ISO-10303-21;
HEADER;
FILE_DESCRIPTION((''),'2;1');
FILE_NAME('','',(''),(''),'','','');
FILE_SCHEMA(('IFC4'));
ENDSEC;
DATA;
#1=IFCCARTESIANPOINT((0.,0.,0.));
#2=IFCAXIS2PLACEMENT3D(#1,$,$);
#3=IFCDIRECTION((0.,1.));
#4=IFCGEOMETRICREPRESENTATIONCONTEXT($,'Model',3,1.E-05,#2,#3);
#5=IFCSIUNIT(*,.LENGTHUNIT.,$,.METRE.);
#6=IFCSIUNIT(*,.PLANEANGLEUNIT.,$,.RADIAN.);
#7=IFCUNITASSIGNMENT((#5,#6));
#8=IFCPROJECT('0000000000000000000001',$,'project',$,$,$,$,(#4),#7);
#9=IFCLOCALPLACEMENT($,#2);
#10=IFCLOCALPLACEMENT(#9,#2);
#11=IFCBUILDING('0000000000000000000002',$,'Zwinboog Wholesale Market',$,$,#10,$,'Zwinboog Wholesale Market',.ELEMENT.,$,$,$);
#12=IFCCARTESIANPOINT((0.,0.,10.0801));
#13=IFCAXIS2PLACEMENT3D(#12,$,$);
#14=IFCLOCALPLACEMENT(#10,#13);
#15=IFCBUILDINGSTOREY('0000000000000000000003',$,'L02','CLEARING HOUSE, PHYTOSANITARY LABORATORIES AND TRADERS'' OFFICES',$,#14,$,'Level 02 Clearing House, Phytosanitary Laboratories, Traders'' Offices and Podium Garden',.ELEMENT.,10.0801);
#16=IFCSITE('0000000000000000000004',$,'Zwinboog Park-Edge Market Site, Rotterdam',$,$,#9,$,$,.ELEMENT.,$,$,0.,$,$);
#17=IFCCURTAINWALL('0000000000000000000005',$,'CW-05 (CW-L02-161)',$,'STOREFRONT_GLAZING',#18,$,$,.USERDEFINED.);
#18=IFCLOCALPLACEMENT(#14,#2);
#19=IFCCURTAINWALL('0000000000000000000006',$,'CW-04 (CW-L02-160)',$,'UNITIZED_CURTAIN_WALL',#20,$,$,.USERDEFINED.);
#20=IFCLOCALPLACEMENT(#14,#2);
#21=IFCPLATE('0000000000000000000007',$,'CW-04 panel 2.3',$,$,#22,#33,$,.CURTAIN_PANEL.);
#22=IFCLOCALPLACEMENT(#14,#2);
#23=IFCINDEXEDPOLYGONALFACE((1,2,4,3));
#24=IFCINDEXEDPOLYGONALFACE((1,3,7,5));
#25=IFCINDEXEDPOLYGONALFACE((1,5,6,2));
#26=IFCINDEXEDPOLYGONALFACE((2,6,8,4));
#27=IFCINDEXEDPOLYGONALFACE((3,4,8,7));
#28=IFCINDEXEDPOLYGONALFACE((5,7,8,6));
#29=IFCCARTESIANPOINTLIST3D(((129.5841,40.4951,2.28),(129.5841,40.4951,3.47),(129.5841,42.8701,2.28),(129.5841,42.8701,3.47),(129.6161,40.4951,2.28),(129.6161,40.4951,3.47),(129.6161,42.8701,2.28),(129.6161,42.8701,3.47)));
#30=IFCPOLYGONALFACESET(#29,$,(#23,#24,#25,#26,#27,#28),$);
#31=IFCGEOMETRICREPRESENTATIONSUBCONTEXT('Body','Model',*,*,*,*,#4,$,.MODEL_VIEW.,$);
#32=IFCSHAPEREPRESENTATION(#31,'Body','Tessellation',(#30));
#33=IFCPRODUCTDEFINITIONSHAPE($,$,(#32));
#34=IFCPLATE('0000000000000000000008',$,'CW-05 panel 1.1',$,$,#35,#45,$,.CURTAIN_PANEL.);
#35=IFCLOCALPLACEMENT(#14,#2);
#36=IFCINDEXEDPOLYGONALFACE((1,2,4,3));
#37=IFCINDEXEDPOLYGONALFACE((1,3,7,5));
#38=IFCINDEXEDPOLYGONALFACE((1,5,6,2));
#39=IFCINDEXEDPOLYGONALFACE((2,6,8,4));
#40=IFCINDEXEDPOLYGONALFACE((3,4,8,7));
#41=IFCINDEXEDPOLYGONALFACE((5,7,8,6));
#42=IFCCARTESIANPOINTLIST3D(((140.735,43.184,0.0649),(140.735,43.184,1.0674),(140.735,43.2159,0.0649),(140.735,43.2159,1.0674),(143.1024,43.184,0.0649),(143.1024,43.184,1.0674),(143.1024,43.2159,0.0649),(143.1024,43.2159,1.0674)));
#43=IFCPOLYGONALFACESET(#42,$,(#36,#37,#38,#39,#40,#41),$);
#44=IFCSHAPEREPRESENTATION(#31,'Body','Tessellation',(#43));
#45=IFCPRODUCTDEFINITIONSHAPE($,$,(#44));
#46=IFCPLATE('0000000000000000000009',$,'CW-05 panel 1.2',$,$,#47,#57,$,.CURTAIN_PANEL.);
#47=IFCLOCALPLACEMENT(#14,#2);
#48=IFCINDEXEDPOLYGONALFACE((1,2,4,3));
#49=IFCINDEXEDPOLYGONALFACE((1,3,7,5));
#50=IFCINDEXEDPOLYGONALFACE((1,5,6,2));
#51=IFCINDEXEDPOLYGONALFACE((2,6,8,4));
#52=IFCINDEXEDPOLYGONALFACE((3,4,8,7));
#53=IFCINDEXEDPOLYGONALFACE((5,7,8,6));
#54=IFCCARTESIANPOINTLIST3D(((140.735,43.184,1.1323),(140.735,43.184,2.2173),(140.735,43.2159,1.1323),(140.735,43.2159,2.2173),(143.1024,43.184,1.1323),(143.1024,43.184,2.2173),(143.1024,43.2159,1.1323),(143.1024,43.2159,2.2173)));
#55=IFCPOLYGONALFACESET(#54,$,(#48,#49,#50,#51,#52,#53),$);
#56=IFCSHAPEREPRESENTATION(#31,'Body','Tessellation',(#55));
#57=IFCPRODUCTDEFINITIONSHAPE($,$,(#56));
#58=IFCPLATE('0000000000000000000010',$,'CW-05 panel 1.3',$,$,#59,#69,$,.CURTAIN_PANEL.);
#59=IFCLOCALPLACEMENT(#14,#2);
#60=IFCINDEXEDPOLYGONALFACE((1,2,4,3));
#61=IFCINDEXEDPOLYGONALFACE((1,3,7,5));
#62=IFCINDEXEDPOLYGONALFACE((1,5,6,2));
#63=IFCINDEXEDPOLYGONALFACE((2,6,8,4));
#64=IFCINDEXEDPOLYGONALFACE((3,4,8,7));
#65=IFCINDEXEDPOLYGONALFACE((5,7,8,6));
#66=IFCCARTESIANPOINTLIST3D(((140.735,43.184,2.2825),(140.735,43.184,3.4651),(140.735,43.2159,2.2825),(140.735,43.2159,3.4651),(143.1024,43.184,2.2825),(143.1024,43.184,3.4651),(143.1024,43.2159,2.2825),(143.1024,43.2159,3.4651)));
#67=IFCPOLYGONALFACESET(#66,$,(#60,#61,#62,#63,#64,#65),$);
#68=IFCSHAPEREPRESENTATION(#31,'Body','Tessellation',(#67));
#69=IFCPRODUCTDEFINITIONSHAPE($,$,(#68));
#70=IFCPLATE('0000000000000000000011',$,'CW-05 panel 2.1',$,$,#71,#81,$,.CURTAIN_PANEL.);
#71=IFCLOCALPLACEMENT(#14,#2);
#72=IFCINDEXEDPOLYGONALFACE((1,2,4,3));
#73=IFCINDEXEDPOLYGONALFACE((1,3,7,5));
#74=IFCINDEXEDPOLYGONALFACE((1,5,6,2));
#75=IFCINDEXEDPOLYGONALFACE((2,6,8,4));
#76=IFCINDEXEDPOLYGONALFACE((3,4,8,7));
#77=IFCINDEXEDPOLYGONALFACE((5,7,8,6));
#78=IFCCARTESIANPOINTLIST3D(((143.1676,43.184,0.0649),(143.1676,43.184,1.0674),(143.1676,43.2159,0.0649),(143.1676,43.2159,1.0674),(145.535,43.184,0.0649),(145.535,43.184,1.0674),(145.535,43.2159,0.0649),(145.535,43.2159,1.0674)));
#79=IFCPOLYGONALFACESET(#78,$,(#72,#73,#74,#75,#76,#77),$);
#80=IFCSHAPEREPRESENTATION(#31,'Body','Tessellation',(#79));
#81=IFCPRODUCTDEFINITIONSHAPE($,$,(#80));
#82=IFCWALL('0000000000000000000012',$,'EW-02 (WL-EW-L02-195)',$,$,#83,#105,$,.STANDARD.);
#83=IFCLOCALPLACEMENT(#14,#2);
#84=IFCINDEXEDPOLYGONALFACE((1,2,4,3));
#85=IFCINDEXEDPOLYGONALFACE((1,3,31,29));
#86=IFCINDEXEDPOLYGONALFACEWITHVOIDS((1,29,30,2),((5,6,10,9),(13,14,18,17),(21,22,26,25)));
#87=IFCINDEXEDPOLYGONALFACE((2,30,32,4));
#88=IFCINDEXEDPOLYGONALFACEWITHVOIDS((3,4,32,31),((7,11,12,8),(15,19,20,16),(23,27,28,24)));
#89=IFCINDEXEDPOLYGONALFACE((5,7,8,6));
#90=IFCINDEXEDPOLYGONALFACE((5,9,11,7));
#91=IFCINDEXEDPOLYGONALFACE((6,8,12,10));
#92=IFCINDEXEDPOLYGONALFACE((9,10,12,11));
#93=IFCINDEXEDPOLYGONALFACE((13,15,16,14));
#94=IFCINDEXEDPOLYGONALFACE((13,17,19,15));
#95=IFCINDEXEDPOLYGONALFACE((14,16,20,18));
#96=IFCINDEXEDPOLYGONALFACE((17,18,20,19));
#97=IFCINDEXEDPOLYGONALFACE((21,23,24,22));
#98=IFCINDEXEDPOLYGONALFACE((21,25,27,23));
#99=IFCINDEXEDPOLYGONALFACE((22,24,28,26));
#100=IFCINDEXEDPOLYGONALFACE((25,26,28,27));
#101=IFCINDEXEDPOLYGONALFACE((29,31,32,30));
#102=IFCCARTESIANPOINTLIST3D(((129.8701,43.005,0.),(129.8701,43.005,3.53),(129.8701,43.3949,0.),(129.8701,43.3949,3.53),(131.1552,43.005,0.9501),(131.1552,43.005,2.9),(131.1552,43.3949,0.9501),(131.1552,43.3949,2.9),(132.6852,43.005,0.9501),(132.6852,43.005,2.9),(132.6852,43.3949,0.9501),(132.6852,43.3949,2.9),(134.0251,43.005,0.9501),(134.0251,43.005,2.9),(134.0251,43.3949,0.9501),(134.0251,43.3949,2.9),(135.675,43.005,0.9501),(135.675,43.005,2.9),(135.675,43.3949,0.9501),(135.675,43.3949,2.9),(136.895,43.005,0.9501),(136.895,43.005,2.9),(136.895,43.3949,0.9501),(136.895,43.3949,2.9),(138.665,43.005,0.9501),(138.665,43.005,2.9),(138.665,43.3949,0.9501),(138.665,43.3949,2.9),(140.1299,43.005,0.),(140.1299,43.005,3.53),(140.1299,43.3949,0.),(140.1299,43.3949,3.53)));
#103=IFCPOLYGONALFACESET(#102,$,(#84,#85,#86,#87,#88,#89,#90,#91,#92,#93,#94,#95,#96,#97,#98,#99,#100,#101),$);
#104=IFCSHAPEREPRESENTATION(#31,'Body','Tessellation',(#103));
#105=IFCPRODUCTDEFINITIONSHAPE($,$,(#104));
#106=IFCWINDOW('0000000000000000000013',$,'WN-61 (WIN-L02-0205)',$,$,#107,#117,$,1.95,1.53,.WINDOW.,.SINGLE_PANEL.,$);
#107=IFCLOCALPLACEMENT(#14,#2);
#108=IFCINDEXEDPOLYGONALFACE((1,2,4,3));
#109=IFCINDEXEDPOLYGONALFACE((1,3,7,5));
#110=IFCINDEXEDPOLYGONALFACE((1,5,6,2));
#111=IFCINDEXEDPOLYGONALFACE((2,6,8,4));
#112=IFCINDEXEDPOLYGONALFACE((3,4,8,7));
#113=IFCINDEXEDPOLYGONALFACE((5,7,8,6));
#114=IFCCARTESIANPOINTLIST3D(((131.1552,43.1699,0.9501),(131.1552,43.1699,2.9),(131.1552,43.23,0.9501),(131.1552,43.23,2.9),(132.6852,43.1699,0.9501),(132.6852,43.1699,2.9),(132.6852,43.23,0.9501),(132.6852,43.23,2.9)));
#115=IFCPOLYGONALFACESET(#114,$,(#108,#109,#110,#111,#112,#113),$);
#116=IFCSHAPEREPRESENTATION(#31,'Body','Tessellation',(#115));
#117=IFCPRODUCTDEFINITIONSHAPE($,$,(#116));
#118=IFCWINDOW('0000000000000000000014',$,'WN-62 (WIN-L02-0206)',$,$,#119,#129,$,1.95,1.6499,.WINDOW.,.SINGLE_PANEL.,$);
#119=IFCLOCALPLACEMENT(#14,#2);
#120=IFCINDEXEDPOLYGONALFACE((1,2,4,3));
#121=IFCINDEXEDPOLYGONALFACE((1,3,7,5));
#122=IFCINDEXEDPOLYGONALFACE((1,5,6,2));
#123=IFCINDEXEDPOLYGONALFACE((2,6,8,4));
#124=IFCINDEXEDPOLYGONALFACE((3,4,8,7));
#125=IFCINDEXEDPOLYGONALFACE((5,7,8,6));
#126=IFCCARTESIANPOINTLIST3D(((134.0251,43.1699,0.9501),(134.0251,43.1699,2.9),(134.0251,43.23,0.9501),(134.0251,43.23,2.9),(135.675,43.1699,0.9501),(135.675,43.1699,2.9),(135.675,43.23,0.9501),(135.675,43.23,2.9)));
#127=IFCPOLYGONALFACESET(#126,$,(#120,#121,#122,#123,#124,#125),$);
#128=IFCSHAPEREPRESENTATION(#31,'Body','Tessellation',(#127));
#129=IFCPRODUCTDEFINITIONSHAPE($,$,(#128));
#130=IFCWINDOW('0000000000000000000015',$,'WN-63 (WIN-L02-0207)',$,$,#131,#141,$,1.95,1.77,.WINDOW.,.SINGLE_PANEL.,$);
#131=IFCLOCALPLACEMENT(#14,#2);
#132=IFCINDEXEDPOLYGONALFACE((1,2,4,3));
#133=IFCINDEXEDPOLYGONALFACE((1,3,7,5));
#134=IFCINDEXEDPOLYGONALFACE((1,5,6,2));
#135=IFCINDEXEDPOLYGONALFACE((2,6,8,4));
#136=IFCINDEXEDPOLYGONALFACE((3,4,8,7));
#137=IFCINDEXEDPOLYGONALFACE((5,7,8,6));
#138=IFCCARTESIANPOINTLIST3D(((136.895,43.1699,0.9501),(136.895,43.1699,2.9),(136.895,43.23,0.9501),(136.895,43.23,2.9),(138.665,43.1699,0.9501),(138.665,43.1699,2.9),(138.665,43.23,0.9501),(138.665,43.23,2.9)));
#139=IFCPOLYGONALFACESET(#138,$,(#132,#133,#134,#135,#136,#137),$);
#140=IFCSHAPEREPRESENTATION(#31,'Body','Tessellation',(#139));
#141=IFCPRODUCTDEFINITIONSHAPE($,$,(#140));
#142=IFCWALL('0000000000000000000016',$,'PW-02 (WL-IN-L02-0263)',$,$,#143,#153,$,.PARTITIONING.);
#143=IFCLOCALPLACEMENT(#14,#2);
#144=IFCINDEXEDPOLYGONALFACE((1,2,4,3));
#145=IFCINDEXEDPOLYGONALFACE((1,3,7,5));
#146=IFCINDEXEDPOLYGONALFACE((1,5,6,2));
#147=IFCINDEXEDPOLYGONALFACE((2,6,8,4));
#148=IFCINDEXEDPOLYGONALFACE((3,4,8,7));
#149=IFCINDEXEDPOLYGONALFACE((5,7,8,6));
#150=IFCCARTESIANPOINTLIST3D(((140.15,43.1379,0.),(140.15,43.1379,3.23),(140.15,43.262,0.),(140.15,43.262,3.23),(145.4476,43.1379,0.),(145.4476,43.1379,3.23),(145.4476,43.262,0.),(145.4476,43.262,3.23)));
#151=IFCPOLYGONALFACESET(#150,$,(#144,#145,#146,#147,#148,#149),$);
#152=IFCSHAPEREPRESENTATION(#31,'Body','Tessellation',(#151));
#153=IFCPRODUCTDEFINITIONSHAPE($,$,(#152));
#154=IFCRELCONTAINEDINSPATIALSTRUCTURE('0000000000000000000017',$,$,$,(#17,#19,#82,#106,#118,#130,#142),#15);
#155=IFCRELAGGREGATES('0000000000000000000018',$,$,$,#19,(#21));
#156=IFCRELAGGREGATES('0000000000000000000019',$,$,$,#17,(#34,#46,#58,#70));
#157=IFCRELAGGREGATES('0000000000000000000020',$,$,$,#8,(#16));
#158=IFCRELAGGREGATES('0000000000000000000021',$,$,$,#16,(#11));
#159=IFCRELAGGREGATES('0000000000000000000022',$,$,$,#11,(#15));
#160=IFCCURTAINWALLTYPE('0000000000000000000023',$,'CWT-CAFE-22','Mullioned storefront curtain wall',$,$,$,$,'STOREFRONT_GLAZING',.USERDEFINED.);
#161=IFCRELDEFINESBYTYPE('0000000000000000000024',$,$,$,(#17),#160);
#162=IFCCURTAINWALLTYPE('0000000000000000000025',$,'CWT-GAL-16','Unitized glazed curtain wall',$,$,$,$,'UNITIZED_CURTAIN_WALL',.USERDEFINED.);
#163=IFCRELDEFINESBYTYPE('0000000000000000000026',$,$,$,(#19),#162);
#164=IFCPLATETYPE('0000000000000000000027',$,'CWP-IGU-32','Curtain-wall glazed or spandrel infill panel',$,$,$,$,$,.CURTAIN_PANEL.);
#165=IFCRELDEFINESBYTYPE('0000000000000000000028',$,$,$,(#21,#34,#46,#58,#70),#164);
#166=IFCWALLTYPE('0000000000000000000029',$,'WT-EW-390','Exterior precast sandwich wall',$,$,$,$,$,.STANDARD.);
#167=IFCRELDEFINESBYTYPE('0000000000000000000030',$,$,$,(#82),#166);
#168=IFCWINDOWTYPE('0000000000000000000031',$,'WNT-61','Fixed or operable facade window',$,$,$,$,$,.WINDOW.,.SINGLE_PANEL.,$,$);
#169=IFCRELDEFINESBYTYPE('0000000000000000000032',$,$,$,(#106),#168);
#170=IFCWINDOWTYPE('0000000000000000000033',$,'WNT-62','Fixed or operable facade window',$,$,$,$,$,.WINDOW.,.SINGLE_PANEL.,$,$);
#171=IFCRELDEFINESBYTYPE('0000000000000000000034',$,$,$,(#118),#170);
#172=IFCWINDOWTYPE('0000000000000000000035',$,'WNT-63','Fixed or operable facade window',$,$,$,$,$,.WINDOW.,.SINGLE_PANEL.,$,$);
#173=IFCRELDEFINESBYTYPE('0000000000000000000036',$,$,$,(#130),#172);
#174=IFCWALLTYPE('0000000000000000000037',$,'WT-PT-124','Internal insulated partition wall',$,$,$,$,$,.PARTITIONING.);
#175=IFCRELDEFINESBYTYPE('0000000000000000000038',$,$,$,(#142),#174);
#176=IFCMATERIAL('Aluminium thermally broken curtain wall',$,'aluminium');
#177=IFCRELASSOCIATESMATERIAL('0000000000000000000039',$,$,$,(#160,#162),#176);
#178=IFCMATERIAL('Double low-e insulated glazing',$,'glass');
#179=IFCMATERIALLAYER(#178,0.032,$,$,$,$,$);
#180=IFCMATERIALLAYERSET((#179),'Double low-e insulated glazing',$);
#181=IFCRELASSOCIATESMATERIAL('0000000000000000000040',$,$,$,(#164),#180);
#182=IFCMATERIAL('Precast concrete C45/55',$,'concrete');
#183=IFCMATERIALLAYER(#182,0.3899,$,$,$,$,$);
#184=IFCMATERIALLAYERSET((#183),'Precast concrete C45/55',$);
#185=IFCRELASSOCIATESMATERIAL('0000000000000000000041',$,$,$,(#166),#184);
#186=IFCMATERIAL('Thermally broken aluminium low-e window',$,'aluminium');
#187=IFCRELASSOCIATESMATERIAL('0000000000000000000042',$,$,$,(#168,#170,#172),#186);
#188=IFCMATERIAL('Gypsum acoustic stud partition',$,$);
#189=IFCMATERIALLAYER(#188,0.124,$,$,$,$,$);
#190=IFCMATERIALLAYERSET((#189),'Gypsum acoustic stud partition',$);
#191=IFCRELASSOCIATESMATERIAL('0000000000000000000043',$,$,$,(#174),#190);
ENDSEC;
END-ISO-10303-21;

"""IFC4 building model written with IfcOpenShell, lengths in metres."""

from ifc_helpers import new_model, si_unit, direction, frame, frame_2d, origin, origin_2d, place, context, subcontext, project, spatial, rectangle, extrude, material, layer, layer_set, type_object, element, fill, aggregate, save


model = new_model("IFC4")

# Units and contexts
model_context = context("Model", 3, precision=1e-05, world=origin(), true_north=direction((0.0, 1.0)))
body_context = subcontext(model_context, "Body", "Model", "MODEL_VIEW")
ifc_project = project(units=[si_unit("LENGTHUNIT", "METRE"), si_unit("PLANEANGLEUNIT", "RADIAN")], contexts=[model_context])

# Site, building, storey
site_placement = place(None, origin())
site = spatial("IfcSite", under=ifc_project, at=site_placement, Name="Zwinboog Park-Edge Market Site, Rotterdam", CompositionType="ELEMENT", RefElevation=0.0)
building_placement = place(site_placement, origin())
building = spatial("IfcBuilding", under=site, at=building_placement, Name="Zwinboog Wholesale Market", LongName="Zwinboog Wholesale Market", CompositionType="ELEMENT")
storey_placement = place(building_placement, frame((0.0, 0.0, 10.0801)))
storey = spatial("IfcBuildingStorey", under=building, at=storey_placement, Name="L02", Description="CLEARING HOUSE, PHYTOSANITARY LABORATORIES AND TRADERS' OFFICES", LongName="Level 02 Clearing House, Phytosanitary Laboratories, Traders' Offices and Podium Garden", CompositionType="ELEMENT", Elevation=10.0801)

# Shared definitions
ifc_material_1 = material(Name="Precast concrete C45/55", Category="concrete")

# Curtain wall
ifc_material_2 = material(Name="Aluminium thermally broken curtain wall", Category="aluminium")
curtain_wall_type_1 = type_object("IfcCurtainWallType", Name="CWT-CAFE-22", Description="Mullioned storefront curtain wall", ElementType="STOREFRONT_GLAZING", PredefinedType="USERDEFINED", material=ifc_material_2)
curtain_wall_1_placement = place(storey_placement, origin())
curtain_wall_1 = element("IfcCurtainWall", 1, at=curtain_wall_1_placement, inside=storey, type_object=curtain_wall_type_1, Name="CW-05 (CW-L02-161)", ObjectType="STOREFRONT_GLAZING", PredefinedType="USERDEFINED")

# Curtain wall
curtain_wall_type_2 = type_object("IfcCurtainWallType", Name="CWT-GAL-16", Description="Unitized glazed curtain wall", ElementType="UNITIZED_CURTAIN_WALL", PredefinedType="USERDEFINED", material=ifc_material_2)
curtain_wall_2_placement = place(storey_placement, origin())
curtain_wall_2 = element("IfcCurtainWall", 2, at=curtain_wall_2_placement, inside=storey, type_object=curtain_wall_type_2, Name="CW-04 (CW-L02-160)", ObjectType="UNITIZED_CURTAIN_WALL", PredefinedType="USERDEFINED")

# Plates
ifc_material_3 = material(Name="Double low-e insulated glazing", Category="glass")
ifc_layer_1 = layer(ifc_material_3, 0.032)
ifc_layer_set_1 = layer_set([ifc_layer_1], Name="Double low-e insulated glazing")
plate_type = type_object("IfcPlateType", Name="CWP-IGU-32", Description="Curtain-wall glazed or spandrel infill panel", PredefinedType="CURTAIN_PANEL", material=ifc_layer_set_1)
plate_1_placement = place(storey_placement, frame((129.6001, 41.6826, 2.28), z_axis=(0.0, 0.0, 1.0), x_axis=(0.0, 1.0, 0.0)))
plate_1 = element("IfcPlate", 3, at=plate_1_placement, type_object=plate_type, Name="CW-04 panel 2.3", PredefinedType="CURTAIN_PANEL", context=body_context, shape_type="SweptSolid", body=[
    extrude(rectangle(XDim=2.375, YDim=0.032, at=origin_2d()), origin(), (0.0, 0.0, 1.0), 1.1899),
])
aggregate(curtain_wall_2, [plate_1])
plate_2_placement = place(storey_placement, frame((141.9187, 43.2, 0.0649), z_axis=(0.0, 0.0, 1.0), x_axis=(1.0, 0.0, 0.0)))
plate_2 = element("IfcPlate", 4, at=plate_2_placement, type_object=plate_type, Name="CW-05 panel 1.1", PredefinedType="CURTAIN_PANEL", context=body_context, shape_type="SweptSolid", body=[
    extrude(rectangle(XDim=2.3674, YDim=0.032, at=origin_2d()), origin(), (0.0, 0.0, 1.0), 1.0024),
])
plate_3_placement = place(storey_placement, frame((141.9187, 43.2, 1.1323), z_axis=(0.0, 0.0, 1.0), x_axis=(1.0, 0.0, 0.0)))
plate_3 = element("IfcPlate", 5, at=plate_3_placement, type_object=plate_type, Name="CW-05 panel 1.2", PredefinedType="CURTAIN_PANEL", context=body_context, shape_type="SweptSolid", body=[
    extrude(rectangle(XDim=2.3674, YDim=0.032, at=origin_2d()), origin(), (0.0, 0.0, 1.0), 1.085),
])
plate_4_placement = place(storey_placement, frame((141.9187, 43.2, 2.2825), z_axis=(0.0, 0.0, 1.0), x_axis=(1.0, 0.0, 0.0)))
plate_4 = element("IfcPlate", 6, at=plate_4_placement, type_object=plate_type, Name="CW-05 panel 1.3", PredefinedType="CURTAIN_PANEL", context=body_context, shape_type="SweptSolid", body=[
    extrude(rectangle(XDim=2.3674, YDim=0.032, at=origin_2d()), origin(), (0.0, 0.0, 1.0), 1.1826),
])
plate_5_placement = place(storey_placement, frame((144.3513, 43.2, 0.0649), z_axis=(0.0, 0.0, 1.0), x_axis=(1.0, 0.0, 0.0)))
plate_5 = element("IfcPlate", 7, at=plate_5_placement, type_object=plate_type, Name="CW-05 panel 2.1", PredefinedType="CURTAIN_PANEL", context=body_context, shape_type="SweptSolid", body=[
    extrude(rectangle(XDim=2.3674, YDim=0.032, at=origin_2d()), origin(), (0.0, 0.0, 1.0), 1.0024),
])
aggregate(curtain_wall_1, [plate_2, plate_3, plate_4, plate_5])

# Wall, openings, windows
ifc_layer_2 = layer(ifc_material_1, 0.3899)
ifc_layer_set_2 = layer_set([ifc_layer_2], Name="Precast concrete C45/55")
wall_type_1 = type_object("IfcWallType", Name="WT-EW-390", Description="Exterior precast sandwich wall", PredefinedType="STANDARD", material=ifc_layer_set_2)
wall_1_placement = place(storey_placement, frame((129.8701, 43.2, 0.0), z_axis=(0.0, 0.0, 1.0), x_axis=(1.0, 0.0, 0.0)))
wall_1 = element("IfcWall", 8, at=wall_1_placement, inside=storey, type_object=wall_type_1, Name="EW-02 (WL-EW-L02-195)", PredefinedType="STANDARD", context=body_context, shape_type="SweptSolid", body=[
    extrude(rectangle(XDim=10.2598, YDim=0.3899, at=frame_2d((5.1299, 0.0))), origin(), (0.0, 0.0, 1.0), 3.53),
])
opening_1_placement = place(wall_1_placement, frame((1.2849, 0.0, 0.95)))
opening_1 = element("IfcOpeningElement", 9, at=opening_1_placement, cuts=wall_1, PredefinedType="OPENING", context=body_context, shape_type="SweptSolid", body=[
    extrude(rectangle(XDim=1.53, YDim=1.95, at=frame_2d((0.7651, 0.9751))), frame((0.0, 0.2048, 0.0), z_axis=(0.0, -1.0, 0.0), x_axis=(1.0, 0.0, 0.0)), (0.0, 0.0, 1.0), 0.4099),
])
opening_2_placement = place(wall_1_placement, frame((4.155, 0.0, 0.95)))
opening_2 = element("IfcOpeningElement", 10, at=opening_2_placement, cuts=wall_1, PredefinedType="OPENING", context=body_context, shape_type="SweptSolid", body=[
    extrude(rectangle(XDim=1.6499, YDim=1.95, at=frame_2d((0.825, 0.9751))), frame((0.0, 0.2048, 0.0), z_axis=(0.0, -1.0, 0.0), x_axis=(1.0, 0.0, 0.0)), (0.0, 0.0, 1.0), 0.4099),
])
opening_3_placement = place(wall_1_placement, frame((7.0249, 0.0, 0.95)))
opening_3 = element("IfcOpeningElement", 11, at=opening_3_placement, cuts=wall_1, PredefinedType="OPENING", context=body_context, shape_type="SweptSolid", body=[
    extrude(rectangle(XDim=1.77, YDim=1.95, at=frame_2d((0.885, 0.9751))), frame((0.0, 0.2048, 0.0), z_axis=(0.0, -1.0, 0.0), x_axis=(1.0, 0.0, 0.0)), (0.0, 0.0, 1.0), 0.4099),
])
ifc_material_4 = material(Name="Thermally broken aluminium low-e window", Category="aluminium")
window_type_1 = type_object("IfcWindowType", Name="WNT-61", Description="Fixed or operable facade window", PartitioningType="SINGLE_PANEL", PredefinedType="WINDOW", material=ifc_material_4)
window_1_placement = place(opening_1_placement, origin())
window_1 = element("IfcWindow", 12, at=window_1_placement, inside=storey, type_object=window_type_1, Name="WN-61 (WIN-L02-0205)", OverallHeight=1.95, OverallWidth=1.53, PartitioningType="SINGLE_PANEL", PredefinedType="WINDOW", context=body_context, shape_type="SweptSolid", body=[
    extrude(rectangle(XDim=1.53, YDim=1.95, at=frame_2d((0.7651, 0.9751))), frame((0.0, 0.03, 0.0), z_axis=(0.0, -1.0, 0.0), x_axis=(1.0, 0.0, 0.0)), (0.0, 0.0, 1.0), 0.0601),
])
fill(opening_1, window_1)
window_type_2 = type_object("IfcWindowType", Name="WNT-62", Description="Fixed or operable facade window", PartitioningType="SINGLE_PANEL", PredefinedType="WINDOW", material=ifc_material_4)
window_2_placement = place(opening_2_placement, origin())
window_2 = element("IfcWindow", 13, at=window_2_placement, inside=storey, type_object=window_type_2, Name="WN-62 (WIN-L02-0206)", OverallHeight=1.95, OverallWidth=1.6499, PartitioningType="SINGLE_PANEL", PredefinedType="WINDOW", context=body_context, shape_type="SweptSolid", body=[
    extrude(rectangle(XDim=1.6499, YDim=1.95, at=frame_2d((0.825, 0.9751))), frame((0.0, 0.03, 0.0), z_axis=(0.0, -1.0, 0.0), x_axis=(1.0, 0.0, 0.0)), (0.0, 0.0, 1.0), 0.0601),
])
fill(opening_2, window_2)
window_type_3 = type_object("IfcWindowType", Name="WNT-63", Description="Fixed or operable facade window", PartitioningType="SINGLE_PANEL", PredefinedType="WINDOW", material=ifc_material_4)
window_3_placement = place(opening_3_placement, origin())
window_3 = element("IfcWindow", 14, at=window_3_placement, inside=storey, type_object=window_type_3, Name="WN-63 (WIN-L02-0207)", OverallHeight=1.95, OverallWidth=1.77, PartitioningType="SINGLE_PANEL", PredefinedType="WINDOW", context=body_context, shape_type="SweptSolid", body=[
    extrude(rectangle(XDim=1.77, YDim=1.95, at=frame_2d((0.885, 0.9751))), frame((0.0, 0.03, 0.0), z_axis=(0.0, -1.0, 0.0), x_axis=(1.0, 0.0, 0.0)), (0.0, 0.0, 1.0), 0.0601),
])
fill(opening_3, window_3)

# Wall
ifc_material_5 = material(Name="Gypsum acoustic stud partition")
ifc_layer_3 = layer(ifc_material_5, 0.124)
ifc_layer_set_3 = layer_set([ifc_layer_3], Name="Gypsum acoustic stud partition")
wall_type_2 = type_object("IfcWallType", Name="WT-PT-124", Description="Internal insulated partition wall", PredefinedType="PARTITIONING", material=ifc_layer_set_3)
wall_2_placement = place(storey_placement, frame((140.1499, 43.2, 0.0), z_axis=(0.0, 0.0, 1.0), x_axis=(1.0, 0.0, 0.0)))
element("IfcWall", 15, at=wall_2_placement, inside=storey, type_object=wall_type_2, Name="PW-02 (WL-IN-L02-0263)", PredefinedType="PARTITIONING", context=body_context, shape_type="SweptSolid", body=[
    extrude(rectangle(XDim=5.2976, YDim=0.124, at=frame_2d((2.6489, 0.0))), origin(), (0.0, 0.0, 1.0), 3.23),
])

save(model, "model.ifc")
